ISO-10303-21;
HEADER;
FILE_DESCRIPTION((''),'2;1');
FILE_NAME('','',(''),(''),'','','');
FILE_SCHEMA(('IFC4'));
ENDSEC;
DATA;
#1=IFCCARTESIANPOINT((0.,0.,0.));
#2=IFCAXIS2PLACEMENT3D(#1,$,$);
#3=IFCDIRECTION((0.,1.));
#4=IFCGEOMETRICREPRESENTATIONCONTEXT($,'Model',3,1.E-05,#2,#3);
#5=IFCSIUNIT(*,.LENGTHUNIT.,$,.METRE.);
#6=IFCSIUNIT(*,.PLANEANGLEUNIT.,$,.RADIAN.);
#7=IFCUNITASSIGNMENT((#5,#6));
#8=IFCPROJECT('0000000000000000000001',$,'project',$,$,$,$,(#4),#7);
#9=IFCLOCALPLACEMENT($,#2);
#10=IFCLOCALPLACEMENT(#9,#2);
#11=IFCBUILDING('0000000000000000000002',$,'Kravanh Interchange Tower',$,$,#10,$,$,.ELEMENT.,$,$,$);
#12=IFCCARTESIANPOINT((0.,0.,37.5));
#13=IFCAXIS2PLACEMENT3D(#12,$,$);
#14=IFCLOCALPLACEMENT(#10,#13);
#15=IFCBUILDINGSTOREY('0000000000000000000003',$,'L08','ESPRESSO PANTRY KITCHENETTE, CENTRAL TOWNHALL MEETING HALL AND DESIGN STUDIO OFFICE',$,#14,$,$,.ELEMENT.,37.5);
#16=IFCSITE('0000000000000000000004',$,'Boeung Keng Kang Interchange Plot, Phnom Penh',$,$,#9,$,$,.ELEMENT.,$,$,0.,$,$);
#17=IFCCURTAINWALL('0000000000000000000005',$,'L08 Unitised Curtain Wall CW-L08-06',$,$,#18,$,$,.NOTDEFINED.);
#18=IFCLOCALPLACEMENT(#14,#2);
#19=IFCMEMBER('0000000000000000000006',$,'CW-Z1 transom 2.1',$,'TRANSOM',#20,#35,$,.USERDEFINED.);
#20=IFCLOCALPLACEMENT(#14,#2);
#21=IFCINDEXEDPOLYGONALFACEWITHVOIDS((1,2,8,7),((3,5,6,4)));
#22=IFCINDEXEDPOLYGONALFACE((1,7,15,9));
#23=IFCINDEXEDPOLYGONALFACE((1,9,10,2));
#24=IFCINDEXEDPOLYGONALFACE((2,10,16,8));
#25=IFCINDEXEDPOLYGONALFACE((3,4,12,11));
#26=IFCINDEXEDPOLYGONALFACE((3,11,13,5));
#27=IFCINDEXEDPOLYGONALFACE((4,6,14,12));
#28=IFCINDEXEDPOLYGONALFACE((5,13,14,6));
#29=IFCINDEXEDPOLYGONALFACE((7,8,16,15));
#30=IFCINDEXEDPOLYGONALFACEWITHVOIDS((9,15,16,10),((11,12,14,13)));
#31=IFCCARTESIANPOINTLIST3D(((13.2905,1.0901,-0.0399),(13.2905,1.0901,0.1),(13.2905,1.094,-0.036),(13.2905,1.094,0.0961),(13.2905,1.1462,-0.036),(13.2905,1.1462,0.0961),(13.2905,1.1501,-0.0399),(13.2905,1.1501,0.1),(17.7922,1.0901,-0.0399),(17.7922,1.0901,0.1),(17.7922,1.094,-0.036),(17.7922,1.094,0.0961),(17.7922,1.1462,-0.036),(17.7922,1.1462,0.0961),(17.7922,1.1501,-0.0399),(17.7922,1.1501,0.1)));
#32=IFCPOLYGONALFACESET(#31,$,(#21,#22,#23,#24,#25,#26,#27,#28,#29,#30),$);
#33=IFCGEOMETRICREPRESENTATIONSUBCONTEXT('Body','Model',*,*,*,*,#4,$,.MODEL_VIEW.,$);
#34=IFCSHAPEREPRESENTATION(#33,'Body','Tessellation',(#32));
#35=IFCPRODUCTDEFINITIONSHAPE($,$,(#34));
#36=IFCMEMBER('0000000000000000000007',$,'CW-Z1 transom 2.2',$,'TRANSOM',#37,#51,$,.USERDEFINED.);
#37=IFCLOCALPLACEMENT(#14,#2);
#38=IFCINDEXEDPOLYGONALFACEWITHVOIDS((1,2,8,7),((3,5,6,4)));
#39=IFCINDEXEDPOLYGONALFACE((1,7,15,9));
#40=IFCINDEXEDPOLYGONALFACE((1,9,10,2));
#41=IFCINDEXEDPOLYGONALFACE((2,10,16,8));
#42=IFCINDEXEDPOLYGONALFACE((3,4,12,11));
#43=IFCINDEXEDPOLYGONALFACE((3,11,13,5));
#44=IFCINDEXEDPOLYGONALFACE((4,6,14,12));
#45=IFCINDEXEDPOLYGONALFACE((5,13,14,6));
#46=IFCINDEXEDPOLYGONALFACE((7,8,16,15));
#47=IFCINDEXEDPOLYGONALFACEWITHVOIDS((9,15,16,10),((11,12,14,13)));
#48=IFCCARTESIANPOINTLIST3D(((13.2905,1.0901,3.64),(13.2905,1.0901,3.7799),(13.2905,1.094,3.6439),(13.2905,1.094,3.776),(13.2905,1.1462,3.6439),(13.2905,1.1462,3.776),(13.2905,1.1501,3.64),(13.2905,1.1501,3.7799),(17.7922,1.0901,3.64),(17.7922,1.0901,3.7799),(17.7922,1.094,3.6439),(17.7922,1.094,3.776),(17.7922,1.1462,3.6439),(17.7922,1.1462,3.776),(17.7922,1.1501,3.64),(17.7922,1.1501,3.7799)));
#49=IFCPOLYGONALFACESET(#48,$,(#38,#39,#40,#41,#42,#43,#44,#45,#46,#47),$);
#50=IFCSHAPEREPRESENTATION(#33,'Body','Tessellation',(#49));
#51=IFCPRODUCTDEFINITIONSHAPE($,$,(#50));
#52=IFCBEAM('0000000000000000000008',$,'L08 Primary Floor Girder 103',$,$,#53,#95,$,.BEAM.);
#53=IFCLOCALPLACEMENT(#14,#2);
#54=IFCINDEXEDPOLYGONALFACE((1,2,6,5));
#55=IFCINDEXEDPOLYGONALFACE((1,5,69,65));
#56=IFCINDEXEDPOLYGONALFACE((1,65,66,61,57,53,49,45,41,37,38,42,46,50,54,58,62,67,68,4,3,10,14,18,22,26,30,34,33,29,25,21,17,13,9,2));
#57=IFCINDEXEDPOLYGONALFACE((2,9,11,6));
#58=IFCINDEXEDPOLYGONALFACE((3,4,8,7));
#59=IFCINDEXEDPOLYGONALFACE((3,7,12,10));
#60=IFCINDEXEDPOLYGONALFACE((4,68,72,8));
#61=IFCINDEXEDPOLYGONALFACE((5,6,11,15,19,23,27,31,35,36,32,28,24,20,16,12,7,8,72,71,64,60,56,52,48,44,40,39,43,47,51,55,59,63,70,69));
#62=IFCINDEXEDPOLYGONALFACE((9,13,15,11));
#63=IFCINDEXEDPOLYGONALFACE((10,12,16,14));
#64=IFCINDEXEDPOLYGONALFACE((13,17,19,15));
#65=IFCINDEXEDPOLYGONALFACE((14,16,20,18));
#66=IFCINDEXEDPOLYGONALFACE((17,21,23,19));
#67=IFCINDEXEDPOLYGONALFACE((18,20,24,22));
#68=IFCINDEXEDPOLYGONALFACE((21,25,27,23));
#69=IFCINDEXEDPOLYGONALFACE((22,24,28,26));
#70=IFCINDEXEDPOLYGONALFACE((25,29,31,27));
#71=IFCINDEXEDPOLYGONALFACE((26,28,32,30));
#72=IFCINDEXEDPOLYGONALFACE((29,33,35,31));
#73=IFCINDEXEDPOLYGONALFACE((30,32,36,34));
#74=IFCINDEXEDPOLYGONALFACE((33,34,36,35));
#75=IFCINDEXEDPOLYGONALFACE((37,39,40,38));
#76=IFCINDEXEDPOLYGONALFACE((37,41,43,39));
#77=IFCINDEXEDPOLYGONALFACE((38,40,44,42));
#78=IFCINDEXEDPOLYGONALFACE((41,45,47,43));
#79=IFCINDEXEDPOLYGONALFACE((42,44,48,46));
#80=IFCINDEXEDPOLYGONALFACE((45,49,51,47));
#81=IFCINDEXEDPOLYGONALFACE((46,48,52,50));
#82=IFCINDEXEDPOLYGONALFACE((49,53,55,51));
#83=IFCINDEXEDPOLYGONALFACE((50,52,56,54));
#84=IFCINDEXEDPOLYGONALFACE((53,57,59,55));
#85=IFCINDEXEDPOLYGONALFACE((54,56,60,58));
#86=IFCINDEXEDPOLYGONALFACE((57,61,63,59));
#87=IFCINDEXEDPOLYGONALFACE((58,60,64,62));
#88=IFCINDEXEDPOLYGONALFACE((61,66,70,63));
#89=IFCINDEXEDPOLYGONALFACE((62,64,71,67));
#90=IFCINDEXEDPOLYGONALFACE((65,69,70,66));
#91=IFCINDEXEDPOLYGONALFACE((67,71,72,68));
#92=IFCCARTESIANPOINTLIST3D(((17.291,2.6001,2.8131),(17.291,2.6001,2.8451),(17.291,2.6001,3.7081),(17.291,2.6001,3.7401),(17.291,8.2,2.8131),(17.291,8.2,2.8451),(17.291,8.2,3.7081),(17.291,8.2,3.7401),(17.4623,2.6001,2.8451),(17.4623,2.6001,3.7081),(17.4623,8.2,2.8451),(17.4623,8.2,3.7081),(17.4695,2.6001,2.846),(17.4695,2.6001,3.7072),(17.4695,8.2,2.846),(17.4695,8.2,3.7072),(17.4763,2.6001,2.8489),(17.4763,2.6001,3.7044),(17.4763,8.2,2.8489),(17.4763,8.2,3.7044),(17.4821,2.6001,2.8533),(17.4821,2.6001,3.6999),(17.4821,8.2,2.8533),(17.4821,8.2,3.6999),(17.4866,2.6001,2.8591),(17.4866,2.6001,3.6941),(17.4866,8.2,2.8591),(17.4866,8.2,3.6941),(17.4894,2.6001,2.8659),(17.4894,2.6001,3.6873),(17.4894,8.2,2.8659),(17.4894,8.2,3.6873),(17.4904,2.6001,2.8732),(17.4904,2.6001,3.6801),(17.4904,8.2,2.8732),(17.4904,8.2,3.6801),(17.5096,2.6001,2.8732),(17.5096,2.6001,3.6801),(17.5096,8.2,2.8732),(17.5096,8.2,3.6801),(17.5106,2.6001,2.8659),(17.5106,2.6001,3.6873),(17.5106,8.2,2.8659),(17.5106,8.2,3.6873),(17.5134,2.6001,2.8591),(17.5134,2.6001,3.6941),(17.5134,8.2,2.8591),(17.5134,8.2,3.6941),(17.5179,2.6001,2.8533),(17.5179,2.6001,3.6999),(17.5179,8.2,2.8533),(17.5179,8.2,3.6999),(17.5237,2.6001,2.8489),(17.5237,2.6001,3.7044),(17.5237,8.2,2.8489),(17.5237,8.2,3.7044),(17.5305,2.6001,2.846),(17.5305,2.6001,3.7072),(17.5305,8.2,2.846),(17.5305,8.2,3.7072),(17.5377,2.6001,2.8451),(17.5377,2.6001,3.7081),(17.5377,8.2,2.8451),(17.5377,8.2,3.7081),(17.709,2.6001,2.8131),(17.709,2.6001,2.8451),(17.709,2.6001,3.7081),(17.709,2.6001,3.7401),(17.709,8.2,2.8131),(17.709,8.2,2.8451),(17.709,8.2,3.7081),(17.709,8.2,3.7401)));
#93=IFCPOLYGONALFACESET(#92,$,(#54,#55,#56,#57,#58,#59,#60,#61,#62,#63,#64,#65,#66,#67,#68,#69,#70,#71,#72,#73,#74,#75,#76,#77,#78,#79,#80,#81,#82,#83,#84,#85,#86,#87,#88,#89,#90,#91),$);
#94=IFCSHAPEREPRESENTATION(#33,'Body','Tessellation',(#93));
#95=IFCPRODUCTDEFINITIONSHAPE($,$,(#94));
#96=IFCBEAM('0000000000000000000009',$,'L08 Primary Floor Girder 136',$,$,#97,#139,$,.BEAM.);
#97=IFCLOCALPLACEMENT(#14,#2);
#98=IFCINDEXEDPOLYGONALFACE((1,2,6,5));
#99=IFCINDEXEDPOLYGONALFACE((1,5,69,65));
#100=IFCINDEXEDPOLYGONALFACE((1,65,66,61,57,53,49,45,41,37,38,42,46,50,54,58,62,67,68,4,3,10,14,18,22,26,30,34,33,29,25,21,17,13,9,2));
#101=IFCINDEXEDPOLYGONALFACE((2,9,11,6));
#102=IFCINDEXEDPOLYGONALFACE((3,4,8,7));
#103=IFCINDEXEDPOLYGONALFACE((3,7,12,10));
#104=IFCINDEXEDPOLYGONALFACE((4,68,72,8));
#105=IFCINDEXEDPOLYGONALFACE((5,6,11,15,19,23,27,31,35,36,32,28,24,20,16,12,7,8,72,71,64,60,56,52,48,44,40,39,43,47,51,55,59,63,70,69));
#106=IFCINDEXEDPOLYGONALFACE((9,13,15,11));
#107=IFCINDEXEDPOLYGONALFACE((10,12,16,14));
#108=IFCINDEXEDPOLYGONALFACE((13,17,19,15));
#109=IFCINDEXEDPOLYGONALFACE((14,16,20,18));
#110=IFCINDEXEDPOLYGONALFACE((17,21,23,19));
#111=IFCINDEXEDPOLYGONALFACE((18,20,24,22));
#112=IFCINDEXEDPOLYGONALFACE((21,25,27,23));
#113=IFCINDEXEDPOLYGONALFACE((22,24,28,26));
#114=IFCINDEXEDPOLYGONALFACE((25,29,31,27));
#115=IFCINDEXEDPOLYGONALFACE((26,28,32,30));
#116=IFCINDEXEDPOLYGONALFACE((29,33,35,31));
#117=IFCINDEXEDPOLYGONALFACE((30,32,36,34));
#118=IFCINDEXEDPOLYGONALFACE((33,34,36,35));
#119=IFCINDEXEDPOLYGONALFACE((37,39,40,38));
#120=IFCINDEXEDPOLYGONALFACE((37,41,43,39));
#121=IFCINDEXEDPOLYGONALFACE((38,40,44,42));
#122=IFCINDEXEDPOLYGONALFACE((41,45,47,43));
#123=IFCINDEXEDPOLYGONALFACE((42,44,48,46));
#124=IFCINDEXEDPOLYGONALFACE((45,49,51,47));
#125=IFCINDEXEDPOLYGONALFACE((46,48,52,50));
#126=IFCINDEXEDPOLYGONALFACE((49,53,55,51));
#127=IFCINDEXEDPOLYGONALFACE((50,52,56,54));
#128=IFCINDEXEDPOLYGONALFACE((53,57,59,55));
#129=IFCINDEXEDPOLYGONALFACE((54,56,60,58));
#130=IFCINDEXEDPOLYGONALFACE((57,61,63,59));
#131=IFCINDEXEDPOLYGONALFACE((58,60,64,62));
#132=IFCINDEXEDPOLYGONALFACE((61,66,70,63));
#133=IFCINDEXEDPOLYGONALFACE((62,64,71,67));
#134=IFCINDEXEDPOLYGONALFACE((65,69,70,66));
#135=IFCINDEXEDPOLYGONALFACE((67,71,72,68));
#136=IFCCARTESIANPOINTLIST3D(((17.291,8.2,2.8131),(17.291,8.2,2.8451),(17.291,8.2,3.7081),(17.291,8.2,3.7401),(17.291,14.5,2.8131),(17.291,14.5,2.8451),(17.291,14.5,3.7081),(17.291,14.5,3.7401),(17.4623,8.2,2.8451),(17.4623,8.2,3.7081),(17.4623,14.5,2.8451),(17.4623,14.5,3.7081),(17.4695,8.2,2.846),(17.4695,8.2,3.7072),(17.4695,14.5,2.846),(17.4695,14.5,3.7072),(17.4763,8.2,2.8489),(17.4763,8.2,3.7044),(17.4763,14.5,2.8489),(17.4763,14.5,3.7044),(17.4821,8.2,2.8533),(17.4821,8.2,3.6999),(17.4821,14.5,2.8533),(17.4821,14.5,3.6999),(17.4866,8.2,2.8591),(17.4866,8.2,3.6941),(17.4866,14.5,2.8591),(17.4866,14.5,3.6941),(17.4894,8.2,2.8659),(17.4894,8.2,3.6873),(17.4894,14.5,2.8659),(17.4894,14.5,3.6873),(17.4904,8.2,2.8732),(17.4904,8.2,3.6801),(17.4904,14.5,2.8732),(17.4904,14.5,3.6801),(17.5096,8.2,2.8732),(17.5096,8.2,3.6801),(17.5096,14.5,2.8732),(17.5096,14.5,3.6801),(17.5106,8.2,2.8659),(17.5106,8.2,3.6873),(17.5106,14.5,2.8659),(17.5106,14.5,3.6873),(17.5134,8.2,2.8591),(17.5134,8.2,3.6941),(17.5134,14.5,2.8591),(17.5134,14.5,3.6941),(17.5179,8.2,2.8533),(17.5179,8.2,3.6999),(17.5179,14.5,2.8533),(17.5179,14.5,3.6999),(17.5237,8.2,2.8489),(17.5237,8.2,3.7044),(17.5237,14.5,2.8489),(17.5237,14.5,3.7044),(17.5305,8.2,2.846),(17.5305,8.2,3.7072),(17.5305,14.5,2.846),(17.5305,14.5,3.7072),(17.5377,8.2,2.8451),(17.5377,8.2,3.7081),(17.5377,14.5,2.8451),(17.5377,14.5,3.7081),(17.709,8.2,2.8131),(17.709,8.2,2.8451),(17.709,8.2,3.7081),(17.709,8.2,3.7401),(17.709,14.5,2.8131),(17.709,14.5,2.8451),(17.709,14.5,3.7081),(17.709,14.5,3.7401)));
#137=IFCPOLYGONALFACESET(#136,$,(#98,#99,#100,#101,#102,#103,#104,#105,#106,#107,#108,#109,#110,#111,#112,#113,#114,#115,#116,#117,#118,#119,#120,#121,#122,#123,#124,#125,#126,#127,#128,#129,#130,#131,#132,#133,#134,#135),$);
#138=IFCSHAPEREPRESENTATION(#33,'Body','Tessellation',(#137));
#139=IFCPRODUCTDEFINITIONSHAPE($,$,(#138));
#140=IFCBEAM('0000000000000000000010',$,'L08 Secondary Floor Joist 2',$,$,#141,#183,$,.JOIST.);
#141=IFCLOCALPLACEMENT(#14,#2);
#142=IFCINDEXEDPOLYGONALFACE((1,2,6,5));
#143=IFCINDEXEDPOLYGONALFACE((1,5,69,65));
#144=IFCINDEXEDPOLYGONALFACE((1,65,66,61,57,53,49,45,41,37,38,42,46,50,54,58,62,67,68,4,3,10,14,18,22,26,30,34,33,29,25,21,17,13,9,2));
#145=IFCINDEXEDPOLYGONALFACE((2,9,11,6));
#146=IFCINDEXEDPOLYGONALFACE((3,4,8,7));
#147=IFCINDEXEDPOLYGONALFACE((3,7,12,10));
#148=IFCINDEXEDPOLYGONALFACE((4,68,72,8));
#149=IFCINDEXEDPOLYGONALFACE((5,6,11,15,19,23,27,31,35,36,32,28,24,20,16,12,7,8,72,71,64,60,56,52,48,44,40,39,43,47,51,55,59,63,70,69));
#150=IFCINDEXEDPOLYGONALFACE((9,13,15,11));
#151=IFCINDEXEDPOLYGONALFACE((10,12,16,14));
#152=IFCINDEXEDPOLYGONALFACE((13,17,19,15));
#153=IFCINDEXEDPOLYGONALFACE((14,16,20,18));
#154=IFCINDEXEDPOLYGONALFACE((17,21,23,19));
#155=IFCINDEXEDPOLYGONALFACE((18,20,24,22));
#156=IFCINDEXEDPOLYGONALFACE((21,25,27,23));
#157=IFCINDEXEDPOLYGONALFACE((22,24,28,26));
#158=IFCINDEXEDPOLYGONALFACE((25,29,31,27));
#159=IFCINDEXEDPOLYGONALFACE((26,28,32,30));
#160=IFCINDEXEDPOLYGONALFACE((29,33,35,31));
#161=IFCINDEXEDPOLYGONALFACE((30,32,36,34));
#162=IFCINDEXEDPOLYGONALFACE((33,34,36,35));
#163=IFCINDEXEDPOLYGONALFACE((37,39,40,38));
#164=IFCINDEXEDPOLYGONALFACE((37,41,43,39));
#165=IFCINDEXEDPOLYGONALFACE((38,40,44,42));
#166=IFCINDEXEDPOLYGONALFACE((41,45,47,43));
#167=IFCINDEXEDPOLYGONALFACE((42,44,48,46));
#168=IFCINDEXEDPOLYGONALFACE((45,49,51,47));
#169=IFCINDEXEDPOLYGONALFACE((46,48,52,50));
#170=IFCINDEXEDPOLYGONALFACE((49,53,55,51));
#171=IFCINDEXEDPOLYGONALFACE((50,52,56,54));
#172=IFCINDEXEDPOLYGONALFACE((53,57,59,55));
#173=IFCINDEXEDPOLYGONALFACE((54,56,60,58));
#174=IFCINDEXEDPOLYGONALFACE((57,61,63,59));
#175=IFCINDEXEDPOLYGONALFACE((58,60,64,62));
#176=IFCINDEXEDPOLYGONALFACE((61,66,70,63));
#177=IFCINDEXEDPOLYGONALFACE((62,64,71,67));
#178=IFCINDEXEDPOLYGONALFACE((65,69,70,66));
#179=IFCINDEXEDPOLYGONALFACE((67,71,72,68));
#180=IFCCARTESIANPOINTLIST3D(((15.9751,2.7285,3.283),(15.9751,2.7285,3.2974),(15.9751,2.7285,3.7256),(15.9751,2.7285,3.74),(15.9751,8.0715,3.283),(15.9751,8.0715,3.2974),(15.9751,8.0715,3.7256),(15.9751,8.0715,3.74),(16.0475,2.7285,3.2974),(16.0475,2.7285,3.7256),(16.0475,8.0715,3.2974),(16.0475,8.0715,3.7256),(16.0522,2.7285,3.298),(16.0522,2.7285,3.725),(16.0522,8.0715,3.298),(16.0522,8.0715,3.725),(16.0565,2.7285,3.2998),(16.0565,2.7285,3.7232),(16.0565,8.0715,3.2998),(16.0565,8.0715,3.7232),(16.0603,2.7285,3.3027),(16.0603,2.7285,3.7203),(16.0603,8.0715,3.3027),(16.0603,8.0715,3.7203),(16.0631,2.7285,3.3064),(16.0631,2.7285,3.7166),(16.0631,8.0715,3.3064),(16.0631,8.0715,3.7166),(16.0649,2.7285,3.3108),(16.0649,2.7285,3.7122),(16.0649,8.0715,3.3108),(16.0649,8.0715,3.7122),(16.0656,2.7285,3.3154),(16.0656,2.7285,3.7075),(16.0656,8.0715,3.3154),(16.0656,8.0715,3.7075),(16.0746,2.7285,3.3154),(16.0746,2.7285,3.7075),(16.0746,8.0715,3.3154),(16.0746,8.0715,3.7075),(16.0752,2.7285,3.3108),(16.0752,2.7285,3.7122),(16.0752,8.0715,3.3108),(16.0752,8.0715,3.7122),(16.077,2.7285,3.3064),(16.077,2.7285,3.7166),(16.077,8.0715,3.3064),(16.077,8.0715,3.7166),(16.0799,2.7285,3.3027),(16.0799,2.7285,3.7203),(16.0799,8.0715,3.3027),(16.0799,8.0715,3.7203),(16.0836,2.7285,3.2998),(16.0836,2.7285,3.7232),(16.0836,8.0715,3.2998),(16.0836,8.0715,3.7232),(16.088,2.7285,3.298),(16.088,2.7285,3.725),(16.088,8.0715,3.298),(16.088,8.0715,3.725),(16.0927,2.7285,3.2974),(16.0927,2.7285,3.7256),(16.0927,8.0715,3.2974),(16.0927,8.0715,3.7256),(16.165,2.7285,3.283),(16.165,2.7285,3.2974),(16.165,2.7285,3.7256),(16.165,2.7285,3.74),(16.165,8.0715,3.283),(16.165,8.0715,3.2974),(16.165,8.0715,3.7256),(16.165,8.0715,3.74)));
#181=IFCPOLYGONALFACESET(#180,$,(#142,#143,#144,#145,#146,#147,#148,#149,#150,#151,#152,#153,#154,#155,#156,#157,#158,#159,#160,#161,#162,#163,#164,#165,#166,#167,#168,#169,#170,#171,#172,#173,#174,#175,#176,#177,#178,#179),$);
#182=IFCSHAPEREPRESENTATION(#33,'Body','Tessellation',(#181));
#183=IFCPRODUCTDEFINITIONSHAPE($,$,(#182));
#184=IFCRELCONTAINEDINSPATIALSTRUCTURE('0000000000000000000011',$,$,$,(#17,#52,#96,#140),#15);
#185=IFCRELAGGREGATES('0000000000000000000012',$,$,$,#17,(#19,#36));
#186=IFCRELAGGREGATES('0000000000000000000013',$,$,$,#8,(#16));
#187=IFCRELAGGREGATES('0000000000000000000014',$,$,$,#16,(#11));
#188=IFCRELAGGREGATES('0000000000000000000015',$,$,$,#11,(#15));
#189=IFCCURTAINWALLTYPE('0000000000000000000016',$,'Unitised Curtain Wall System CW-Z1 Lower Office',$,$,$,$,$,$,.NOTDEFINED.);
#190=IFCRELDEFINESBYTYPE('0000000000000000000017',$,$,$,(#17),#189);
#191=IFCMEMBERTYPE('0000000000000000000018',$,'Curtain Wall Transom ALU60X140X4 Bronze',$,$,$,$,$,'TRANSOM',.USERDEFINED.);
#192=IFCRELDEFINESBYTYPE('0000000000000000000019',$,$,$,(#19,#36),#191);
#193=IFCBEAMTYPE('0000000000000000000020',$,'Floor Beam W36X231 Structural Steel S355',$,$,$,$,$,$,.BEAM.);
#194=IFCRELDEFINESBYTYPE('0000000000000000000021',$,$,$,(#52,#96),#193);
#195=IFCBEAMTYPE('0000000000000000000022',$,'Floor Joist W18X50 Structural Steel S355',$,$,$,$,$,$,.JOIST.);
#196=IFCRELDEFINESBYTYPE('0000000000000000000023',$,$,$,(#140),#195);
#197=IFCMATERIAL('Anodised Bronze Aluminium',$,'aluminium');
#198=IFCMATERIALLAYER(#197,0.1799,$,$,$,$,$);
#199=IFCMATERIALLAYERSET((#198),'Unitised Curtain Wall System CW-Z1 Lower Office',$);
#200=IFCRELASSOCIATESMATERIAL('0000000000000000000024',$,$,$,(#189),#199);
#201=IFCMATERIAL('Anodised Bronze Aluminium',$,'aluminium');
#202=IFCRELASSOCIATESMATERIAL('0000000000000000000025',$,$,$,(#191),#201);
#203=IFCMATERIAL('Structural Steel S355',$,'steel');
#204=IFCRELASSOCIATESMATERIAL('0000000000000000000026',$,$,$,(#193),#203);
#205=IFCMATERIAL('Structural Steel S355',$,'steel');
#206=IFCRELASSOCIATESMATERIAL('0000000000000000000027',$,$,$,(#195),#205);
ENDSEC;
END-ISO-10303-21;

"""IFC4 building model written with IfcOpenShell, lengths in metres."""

from ifc_helpers import new_model, si_unit, direction, frame, origin, origin_2d, place, context, subcontext, project, spatial, hollow_rectangle, i_section, extrude, material, layer, layer_set, material_profile, profile_set, type_object, element, aggregate, save


model = new_model("IFC4")

# Units and contexts
model_context = context("Model", 3, precision=1e-05, world=origin(), true_north=direction((0.0, 1.0)))
body_context = subcontext(model_context, "Body", "Model", "MODEL_VIEW")
ifc_project = project(units=[si_unit("LENGTHUNIT", "METRE"), si_unit("PLANEANGLEUNIT", "RADIAN")], contexts=[model_context])

# Site, building, storey
site_placement = place(None, origin())
site = spatial("IfcSite", under=ifc_project, at=site_placement, Name="Boeung Keng Kang Interchange Plot, Phnom Penh", CompositionType="ELEMENT", RefElevation=0.0)
building_placement = place(site_placement, origin())
building = spatial("IfcBuilding", under=site, at=building_placement, Name="Kravanh Interchange Tower", CompositionType="ELEMENT")
storey_placement = place(building_placement, frame((0.0, 0.0, 37.5)))
storey = spatial("IfcBuildingStorey", under=building, at=storey_placement, Name="L08", Description="ESPRESSO PANTRY KITCHENETTE, CENTRAL TOWNHALL MEETING HALL AND DESIGN STUDIO OFFICE", CompositionType="ELEMENT", Elevation=37.5)

# Curtain wall, members
ifc_material_1 = material(Name="Anodised Bronze Aluminium", Category="aluminium")
ifc_layer_1 = layer(ifc_material_1, 0.1799)
ifc_layer_set_1 = layer_set([ifc_layer_1], Name="Unitised Curtain Wall System CW-Z1 Lower Office")
curtain_wall_type = type_object("IfcCurtainWallType", Name="Unitised Curtain Wall System CW-Z1 Lower Office", PredefinedType="NOTDEFINED", material=ifc_layer_set_1)
curtain_wall_placement = place(storey_placement, origin())
curtain_wall = element("IfcCurtainWall", 1, at=curtain_wall_placement, inside=storey, type_object=curtain_wall_type, Name="L08 Unitised Curtain Wall CW-L08-06", PredefinedType="NOTDEFINED")
ifc_material_2 = material(Name="Anodised Bronze Aluminium", Category="aluminium")
ifc_material_profile_1 = material_profile(ifc_material_2, hollow_rectangle(XDim=0.0601, YDim=0.1399, WallThickness=0.0039, at=origin_2d()), Name="ALU60X140X4")
ifc_profile_set_1 = profile_set([ifc_material_profile_1], Name="Anodised Bronze Aluminium")
member_type_1 = type_object("IfcMemberType", Name="Curtain Wall Transom ALU60X140X4 Bronze", ElementType="TRANSOM", PredefinedType="USERDEFINED", material=ifc_profile_set_1)
member_1_placement = place(storey_placement, frame((17.7922, 1.1201, 0.03), z_axis=(-1.0, 0.0, 0.0), x_axis=(0.0, -1.0, 0.0)))
member_1 = element("IfcMember", 2, at=member_1_placement, type_object=member_type_1, Name="CW-Z1 transom 2.1", ObjectType="TRANSOM", PredefinedType="USERDEFINED", context=body_context, shape_type="SweptSolid", body=[
    extrude(hollow_rectangle(XDim=0.0601, YDim=0.1399, WallThickness=0.0039, at=origin_2d()), origin(), (0.0, 0.0, 1.0), 4.5017),
])
member_2_placement = place(storey_placement, frame((17.7922, 1.1201, 3.71), z_axis=(-1.0, 0.0, 0.0), x_axis=(0.0, -1.0, 0.0)))
member_2 = element("IfcMember", 3, at=member_2_placement, type_object=member_type_1, Name="CW-Z1 transom 2.2", ObjectType="TRANSOM", PredefinedType="USERDEFINED", context=body_context, shape_type="SweptSolid", body=[
    extrude(hollow_rectangle(XDim=0.0601, YDim=0.1399, WallThickness=0.0039, at=origin_2d()), origin(), (0.0, 0.0, 1.0), 4.5017),
])

# Beams
ifc_material_3 = material(Name="Structural Steel S355", Category="steel")
ifc_material_profile_2 = material_profile(ifc_material_3, i_section(OverallWidth=0.418, OverallDepth=0.927, WebThickness=0.0193, FlangeThickness=0.032, FilletRadius=0.0281, at=origin_2d()), Name="W36X231")
ifc_profile_set_2 = profile_set([ifc_material_profile_2], Name="Structural Steel S355")
beam_type_1 = type_object("IfcBeamType", Name="Floor Beam W36X231 Structural Steel S355", PredefinedType="BEAM", material=ifc_profile_set_2)
beam_1_placement = place(storey_placement, frame((17.5, 2.6001, 3.2766), z_axis=(0.0, 1.0, 0.0), x_axis=(-1.0, 0.0, 0.0)))
element("IfcBeam", 4, at=beam_1_placement, inside=storey, type_object=beam_type_1, Name="L08 Primary Floor Girder 103", PredefinedType="BEAM", context=body_context, shape_type="SweptSolid", body=[
    extrude(i_section(OverallWidth=0.418, OverallDepth=0.927, WebThickness=0.0193, FlangeThickness=0.032, FilletRadius=0.0281, at=origin_2d()), origin(), (0.0, 0.0, 1.0), 5.5999),
])
beam_2_placement = place(storey_placement, frame((17.5, 8.2, 3.2766), z_axis=(0.0, 1.0, 0.0), x_axis=(-1.0, 0.0, 0.0)))
element("IfcBeam", 5, at=beam_2_placement, inside=storey, type_object=beam_type_1, Name="L08 Primary Floor Girder 136", PredefinedType="BEAM", context=body_context, shape_type="SweptSolid", body=[
    extrude(i_section(OverallWidth=0.418, OverallDepth=0.927, WebThickness=0.0193, FlangeThickness=0.032, FilletRadius=0.0281, at=origin_2d()), origin(), (0.0, 0.0, 1.0), 6.3),
])
ifc_material_4 = material(Name="Structural Steel S355", Category="steel")
ifc_material_profile_3 = material_profile(ifc_material_4, i_section(OverallWidth=0.1899, OverallDepth=0.457, WebThickness=0.009, FlangeThickness=0.0144, FilletRadius=0.0181, at=origin_2d()), Name="W18X50")
ifc_profile_set_3 = profile_set([ifc_material_profile_3], Name="Structural Steel S355")
beam_type_2 = type_object("IfcBeamType", Name="Floor Joist W18X50 Structural Steel S355", PredefinedType="JOIST", material=ifc_profile_set_3)
for number, where, z_axis, x_axis, name in (
    (6, (16.0701, 2.7285, 3.5115), (0.0, 1.0, 0.0), (-1.0, 0.0, 0.0), "L08 Secondary Floor Joist 2"),
):
    element("IfcBeam", number, at=place(storey_placement, frame(where, z_axis=z_axis, x_axis=x_axis)), inside=storey, type_object=beam_type_2, Name=name, PredefinedType="JOIST", context=body_context, shape_type="SweptSolid", body=[
        extrude(i_section(OverallWidth=0.1899, OverallDepth=0.457, WebThickness=0.009, FlangeThickness=0.0144, FilletRadius=0.0181, at=origin_2d()), origin(), (0.0, 0.0, 1.0), 5.343),
    ])

aggregate(curtain_wall, [member_1, member_2])

save(model, "model.ifc")
